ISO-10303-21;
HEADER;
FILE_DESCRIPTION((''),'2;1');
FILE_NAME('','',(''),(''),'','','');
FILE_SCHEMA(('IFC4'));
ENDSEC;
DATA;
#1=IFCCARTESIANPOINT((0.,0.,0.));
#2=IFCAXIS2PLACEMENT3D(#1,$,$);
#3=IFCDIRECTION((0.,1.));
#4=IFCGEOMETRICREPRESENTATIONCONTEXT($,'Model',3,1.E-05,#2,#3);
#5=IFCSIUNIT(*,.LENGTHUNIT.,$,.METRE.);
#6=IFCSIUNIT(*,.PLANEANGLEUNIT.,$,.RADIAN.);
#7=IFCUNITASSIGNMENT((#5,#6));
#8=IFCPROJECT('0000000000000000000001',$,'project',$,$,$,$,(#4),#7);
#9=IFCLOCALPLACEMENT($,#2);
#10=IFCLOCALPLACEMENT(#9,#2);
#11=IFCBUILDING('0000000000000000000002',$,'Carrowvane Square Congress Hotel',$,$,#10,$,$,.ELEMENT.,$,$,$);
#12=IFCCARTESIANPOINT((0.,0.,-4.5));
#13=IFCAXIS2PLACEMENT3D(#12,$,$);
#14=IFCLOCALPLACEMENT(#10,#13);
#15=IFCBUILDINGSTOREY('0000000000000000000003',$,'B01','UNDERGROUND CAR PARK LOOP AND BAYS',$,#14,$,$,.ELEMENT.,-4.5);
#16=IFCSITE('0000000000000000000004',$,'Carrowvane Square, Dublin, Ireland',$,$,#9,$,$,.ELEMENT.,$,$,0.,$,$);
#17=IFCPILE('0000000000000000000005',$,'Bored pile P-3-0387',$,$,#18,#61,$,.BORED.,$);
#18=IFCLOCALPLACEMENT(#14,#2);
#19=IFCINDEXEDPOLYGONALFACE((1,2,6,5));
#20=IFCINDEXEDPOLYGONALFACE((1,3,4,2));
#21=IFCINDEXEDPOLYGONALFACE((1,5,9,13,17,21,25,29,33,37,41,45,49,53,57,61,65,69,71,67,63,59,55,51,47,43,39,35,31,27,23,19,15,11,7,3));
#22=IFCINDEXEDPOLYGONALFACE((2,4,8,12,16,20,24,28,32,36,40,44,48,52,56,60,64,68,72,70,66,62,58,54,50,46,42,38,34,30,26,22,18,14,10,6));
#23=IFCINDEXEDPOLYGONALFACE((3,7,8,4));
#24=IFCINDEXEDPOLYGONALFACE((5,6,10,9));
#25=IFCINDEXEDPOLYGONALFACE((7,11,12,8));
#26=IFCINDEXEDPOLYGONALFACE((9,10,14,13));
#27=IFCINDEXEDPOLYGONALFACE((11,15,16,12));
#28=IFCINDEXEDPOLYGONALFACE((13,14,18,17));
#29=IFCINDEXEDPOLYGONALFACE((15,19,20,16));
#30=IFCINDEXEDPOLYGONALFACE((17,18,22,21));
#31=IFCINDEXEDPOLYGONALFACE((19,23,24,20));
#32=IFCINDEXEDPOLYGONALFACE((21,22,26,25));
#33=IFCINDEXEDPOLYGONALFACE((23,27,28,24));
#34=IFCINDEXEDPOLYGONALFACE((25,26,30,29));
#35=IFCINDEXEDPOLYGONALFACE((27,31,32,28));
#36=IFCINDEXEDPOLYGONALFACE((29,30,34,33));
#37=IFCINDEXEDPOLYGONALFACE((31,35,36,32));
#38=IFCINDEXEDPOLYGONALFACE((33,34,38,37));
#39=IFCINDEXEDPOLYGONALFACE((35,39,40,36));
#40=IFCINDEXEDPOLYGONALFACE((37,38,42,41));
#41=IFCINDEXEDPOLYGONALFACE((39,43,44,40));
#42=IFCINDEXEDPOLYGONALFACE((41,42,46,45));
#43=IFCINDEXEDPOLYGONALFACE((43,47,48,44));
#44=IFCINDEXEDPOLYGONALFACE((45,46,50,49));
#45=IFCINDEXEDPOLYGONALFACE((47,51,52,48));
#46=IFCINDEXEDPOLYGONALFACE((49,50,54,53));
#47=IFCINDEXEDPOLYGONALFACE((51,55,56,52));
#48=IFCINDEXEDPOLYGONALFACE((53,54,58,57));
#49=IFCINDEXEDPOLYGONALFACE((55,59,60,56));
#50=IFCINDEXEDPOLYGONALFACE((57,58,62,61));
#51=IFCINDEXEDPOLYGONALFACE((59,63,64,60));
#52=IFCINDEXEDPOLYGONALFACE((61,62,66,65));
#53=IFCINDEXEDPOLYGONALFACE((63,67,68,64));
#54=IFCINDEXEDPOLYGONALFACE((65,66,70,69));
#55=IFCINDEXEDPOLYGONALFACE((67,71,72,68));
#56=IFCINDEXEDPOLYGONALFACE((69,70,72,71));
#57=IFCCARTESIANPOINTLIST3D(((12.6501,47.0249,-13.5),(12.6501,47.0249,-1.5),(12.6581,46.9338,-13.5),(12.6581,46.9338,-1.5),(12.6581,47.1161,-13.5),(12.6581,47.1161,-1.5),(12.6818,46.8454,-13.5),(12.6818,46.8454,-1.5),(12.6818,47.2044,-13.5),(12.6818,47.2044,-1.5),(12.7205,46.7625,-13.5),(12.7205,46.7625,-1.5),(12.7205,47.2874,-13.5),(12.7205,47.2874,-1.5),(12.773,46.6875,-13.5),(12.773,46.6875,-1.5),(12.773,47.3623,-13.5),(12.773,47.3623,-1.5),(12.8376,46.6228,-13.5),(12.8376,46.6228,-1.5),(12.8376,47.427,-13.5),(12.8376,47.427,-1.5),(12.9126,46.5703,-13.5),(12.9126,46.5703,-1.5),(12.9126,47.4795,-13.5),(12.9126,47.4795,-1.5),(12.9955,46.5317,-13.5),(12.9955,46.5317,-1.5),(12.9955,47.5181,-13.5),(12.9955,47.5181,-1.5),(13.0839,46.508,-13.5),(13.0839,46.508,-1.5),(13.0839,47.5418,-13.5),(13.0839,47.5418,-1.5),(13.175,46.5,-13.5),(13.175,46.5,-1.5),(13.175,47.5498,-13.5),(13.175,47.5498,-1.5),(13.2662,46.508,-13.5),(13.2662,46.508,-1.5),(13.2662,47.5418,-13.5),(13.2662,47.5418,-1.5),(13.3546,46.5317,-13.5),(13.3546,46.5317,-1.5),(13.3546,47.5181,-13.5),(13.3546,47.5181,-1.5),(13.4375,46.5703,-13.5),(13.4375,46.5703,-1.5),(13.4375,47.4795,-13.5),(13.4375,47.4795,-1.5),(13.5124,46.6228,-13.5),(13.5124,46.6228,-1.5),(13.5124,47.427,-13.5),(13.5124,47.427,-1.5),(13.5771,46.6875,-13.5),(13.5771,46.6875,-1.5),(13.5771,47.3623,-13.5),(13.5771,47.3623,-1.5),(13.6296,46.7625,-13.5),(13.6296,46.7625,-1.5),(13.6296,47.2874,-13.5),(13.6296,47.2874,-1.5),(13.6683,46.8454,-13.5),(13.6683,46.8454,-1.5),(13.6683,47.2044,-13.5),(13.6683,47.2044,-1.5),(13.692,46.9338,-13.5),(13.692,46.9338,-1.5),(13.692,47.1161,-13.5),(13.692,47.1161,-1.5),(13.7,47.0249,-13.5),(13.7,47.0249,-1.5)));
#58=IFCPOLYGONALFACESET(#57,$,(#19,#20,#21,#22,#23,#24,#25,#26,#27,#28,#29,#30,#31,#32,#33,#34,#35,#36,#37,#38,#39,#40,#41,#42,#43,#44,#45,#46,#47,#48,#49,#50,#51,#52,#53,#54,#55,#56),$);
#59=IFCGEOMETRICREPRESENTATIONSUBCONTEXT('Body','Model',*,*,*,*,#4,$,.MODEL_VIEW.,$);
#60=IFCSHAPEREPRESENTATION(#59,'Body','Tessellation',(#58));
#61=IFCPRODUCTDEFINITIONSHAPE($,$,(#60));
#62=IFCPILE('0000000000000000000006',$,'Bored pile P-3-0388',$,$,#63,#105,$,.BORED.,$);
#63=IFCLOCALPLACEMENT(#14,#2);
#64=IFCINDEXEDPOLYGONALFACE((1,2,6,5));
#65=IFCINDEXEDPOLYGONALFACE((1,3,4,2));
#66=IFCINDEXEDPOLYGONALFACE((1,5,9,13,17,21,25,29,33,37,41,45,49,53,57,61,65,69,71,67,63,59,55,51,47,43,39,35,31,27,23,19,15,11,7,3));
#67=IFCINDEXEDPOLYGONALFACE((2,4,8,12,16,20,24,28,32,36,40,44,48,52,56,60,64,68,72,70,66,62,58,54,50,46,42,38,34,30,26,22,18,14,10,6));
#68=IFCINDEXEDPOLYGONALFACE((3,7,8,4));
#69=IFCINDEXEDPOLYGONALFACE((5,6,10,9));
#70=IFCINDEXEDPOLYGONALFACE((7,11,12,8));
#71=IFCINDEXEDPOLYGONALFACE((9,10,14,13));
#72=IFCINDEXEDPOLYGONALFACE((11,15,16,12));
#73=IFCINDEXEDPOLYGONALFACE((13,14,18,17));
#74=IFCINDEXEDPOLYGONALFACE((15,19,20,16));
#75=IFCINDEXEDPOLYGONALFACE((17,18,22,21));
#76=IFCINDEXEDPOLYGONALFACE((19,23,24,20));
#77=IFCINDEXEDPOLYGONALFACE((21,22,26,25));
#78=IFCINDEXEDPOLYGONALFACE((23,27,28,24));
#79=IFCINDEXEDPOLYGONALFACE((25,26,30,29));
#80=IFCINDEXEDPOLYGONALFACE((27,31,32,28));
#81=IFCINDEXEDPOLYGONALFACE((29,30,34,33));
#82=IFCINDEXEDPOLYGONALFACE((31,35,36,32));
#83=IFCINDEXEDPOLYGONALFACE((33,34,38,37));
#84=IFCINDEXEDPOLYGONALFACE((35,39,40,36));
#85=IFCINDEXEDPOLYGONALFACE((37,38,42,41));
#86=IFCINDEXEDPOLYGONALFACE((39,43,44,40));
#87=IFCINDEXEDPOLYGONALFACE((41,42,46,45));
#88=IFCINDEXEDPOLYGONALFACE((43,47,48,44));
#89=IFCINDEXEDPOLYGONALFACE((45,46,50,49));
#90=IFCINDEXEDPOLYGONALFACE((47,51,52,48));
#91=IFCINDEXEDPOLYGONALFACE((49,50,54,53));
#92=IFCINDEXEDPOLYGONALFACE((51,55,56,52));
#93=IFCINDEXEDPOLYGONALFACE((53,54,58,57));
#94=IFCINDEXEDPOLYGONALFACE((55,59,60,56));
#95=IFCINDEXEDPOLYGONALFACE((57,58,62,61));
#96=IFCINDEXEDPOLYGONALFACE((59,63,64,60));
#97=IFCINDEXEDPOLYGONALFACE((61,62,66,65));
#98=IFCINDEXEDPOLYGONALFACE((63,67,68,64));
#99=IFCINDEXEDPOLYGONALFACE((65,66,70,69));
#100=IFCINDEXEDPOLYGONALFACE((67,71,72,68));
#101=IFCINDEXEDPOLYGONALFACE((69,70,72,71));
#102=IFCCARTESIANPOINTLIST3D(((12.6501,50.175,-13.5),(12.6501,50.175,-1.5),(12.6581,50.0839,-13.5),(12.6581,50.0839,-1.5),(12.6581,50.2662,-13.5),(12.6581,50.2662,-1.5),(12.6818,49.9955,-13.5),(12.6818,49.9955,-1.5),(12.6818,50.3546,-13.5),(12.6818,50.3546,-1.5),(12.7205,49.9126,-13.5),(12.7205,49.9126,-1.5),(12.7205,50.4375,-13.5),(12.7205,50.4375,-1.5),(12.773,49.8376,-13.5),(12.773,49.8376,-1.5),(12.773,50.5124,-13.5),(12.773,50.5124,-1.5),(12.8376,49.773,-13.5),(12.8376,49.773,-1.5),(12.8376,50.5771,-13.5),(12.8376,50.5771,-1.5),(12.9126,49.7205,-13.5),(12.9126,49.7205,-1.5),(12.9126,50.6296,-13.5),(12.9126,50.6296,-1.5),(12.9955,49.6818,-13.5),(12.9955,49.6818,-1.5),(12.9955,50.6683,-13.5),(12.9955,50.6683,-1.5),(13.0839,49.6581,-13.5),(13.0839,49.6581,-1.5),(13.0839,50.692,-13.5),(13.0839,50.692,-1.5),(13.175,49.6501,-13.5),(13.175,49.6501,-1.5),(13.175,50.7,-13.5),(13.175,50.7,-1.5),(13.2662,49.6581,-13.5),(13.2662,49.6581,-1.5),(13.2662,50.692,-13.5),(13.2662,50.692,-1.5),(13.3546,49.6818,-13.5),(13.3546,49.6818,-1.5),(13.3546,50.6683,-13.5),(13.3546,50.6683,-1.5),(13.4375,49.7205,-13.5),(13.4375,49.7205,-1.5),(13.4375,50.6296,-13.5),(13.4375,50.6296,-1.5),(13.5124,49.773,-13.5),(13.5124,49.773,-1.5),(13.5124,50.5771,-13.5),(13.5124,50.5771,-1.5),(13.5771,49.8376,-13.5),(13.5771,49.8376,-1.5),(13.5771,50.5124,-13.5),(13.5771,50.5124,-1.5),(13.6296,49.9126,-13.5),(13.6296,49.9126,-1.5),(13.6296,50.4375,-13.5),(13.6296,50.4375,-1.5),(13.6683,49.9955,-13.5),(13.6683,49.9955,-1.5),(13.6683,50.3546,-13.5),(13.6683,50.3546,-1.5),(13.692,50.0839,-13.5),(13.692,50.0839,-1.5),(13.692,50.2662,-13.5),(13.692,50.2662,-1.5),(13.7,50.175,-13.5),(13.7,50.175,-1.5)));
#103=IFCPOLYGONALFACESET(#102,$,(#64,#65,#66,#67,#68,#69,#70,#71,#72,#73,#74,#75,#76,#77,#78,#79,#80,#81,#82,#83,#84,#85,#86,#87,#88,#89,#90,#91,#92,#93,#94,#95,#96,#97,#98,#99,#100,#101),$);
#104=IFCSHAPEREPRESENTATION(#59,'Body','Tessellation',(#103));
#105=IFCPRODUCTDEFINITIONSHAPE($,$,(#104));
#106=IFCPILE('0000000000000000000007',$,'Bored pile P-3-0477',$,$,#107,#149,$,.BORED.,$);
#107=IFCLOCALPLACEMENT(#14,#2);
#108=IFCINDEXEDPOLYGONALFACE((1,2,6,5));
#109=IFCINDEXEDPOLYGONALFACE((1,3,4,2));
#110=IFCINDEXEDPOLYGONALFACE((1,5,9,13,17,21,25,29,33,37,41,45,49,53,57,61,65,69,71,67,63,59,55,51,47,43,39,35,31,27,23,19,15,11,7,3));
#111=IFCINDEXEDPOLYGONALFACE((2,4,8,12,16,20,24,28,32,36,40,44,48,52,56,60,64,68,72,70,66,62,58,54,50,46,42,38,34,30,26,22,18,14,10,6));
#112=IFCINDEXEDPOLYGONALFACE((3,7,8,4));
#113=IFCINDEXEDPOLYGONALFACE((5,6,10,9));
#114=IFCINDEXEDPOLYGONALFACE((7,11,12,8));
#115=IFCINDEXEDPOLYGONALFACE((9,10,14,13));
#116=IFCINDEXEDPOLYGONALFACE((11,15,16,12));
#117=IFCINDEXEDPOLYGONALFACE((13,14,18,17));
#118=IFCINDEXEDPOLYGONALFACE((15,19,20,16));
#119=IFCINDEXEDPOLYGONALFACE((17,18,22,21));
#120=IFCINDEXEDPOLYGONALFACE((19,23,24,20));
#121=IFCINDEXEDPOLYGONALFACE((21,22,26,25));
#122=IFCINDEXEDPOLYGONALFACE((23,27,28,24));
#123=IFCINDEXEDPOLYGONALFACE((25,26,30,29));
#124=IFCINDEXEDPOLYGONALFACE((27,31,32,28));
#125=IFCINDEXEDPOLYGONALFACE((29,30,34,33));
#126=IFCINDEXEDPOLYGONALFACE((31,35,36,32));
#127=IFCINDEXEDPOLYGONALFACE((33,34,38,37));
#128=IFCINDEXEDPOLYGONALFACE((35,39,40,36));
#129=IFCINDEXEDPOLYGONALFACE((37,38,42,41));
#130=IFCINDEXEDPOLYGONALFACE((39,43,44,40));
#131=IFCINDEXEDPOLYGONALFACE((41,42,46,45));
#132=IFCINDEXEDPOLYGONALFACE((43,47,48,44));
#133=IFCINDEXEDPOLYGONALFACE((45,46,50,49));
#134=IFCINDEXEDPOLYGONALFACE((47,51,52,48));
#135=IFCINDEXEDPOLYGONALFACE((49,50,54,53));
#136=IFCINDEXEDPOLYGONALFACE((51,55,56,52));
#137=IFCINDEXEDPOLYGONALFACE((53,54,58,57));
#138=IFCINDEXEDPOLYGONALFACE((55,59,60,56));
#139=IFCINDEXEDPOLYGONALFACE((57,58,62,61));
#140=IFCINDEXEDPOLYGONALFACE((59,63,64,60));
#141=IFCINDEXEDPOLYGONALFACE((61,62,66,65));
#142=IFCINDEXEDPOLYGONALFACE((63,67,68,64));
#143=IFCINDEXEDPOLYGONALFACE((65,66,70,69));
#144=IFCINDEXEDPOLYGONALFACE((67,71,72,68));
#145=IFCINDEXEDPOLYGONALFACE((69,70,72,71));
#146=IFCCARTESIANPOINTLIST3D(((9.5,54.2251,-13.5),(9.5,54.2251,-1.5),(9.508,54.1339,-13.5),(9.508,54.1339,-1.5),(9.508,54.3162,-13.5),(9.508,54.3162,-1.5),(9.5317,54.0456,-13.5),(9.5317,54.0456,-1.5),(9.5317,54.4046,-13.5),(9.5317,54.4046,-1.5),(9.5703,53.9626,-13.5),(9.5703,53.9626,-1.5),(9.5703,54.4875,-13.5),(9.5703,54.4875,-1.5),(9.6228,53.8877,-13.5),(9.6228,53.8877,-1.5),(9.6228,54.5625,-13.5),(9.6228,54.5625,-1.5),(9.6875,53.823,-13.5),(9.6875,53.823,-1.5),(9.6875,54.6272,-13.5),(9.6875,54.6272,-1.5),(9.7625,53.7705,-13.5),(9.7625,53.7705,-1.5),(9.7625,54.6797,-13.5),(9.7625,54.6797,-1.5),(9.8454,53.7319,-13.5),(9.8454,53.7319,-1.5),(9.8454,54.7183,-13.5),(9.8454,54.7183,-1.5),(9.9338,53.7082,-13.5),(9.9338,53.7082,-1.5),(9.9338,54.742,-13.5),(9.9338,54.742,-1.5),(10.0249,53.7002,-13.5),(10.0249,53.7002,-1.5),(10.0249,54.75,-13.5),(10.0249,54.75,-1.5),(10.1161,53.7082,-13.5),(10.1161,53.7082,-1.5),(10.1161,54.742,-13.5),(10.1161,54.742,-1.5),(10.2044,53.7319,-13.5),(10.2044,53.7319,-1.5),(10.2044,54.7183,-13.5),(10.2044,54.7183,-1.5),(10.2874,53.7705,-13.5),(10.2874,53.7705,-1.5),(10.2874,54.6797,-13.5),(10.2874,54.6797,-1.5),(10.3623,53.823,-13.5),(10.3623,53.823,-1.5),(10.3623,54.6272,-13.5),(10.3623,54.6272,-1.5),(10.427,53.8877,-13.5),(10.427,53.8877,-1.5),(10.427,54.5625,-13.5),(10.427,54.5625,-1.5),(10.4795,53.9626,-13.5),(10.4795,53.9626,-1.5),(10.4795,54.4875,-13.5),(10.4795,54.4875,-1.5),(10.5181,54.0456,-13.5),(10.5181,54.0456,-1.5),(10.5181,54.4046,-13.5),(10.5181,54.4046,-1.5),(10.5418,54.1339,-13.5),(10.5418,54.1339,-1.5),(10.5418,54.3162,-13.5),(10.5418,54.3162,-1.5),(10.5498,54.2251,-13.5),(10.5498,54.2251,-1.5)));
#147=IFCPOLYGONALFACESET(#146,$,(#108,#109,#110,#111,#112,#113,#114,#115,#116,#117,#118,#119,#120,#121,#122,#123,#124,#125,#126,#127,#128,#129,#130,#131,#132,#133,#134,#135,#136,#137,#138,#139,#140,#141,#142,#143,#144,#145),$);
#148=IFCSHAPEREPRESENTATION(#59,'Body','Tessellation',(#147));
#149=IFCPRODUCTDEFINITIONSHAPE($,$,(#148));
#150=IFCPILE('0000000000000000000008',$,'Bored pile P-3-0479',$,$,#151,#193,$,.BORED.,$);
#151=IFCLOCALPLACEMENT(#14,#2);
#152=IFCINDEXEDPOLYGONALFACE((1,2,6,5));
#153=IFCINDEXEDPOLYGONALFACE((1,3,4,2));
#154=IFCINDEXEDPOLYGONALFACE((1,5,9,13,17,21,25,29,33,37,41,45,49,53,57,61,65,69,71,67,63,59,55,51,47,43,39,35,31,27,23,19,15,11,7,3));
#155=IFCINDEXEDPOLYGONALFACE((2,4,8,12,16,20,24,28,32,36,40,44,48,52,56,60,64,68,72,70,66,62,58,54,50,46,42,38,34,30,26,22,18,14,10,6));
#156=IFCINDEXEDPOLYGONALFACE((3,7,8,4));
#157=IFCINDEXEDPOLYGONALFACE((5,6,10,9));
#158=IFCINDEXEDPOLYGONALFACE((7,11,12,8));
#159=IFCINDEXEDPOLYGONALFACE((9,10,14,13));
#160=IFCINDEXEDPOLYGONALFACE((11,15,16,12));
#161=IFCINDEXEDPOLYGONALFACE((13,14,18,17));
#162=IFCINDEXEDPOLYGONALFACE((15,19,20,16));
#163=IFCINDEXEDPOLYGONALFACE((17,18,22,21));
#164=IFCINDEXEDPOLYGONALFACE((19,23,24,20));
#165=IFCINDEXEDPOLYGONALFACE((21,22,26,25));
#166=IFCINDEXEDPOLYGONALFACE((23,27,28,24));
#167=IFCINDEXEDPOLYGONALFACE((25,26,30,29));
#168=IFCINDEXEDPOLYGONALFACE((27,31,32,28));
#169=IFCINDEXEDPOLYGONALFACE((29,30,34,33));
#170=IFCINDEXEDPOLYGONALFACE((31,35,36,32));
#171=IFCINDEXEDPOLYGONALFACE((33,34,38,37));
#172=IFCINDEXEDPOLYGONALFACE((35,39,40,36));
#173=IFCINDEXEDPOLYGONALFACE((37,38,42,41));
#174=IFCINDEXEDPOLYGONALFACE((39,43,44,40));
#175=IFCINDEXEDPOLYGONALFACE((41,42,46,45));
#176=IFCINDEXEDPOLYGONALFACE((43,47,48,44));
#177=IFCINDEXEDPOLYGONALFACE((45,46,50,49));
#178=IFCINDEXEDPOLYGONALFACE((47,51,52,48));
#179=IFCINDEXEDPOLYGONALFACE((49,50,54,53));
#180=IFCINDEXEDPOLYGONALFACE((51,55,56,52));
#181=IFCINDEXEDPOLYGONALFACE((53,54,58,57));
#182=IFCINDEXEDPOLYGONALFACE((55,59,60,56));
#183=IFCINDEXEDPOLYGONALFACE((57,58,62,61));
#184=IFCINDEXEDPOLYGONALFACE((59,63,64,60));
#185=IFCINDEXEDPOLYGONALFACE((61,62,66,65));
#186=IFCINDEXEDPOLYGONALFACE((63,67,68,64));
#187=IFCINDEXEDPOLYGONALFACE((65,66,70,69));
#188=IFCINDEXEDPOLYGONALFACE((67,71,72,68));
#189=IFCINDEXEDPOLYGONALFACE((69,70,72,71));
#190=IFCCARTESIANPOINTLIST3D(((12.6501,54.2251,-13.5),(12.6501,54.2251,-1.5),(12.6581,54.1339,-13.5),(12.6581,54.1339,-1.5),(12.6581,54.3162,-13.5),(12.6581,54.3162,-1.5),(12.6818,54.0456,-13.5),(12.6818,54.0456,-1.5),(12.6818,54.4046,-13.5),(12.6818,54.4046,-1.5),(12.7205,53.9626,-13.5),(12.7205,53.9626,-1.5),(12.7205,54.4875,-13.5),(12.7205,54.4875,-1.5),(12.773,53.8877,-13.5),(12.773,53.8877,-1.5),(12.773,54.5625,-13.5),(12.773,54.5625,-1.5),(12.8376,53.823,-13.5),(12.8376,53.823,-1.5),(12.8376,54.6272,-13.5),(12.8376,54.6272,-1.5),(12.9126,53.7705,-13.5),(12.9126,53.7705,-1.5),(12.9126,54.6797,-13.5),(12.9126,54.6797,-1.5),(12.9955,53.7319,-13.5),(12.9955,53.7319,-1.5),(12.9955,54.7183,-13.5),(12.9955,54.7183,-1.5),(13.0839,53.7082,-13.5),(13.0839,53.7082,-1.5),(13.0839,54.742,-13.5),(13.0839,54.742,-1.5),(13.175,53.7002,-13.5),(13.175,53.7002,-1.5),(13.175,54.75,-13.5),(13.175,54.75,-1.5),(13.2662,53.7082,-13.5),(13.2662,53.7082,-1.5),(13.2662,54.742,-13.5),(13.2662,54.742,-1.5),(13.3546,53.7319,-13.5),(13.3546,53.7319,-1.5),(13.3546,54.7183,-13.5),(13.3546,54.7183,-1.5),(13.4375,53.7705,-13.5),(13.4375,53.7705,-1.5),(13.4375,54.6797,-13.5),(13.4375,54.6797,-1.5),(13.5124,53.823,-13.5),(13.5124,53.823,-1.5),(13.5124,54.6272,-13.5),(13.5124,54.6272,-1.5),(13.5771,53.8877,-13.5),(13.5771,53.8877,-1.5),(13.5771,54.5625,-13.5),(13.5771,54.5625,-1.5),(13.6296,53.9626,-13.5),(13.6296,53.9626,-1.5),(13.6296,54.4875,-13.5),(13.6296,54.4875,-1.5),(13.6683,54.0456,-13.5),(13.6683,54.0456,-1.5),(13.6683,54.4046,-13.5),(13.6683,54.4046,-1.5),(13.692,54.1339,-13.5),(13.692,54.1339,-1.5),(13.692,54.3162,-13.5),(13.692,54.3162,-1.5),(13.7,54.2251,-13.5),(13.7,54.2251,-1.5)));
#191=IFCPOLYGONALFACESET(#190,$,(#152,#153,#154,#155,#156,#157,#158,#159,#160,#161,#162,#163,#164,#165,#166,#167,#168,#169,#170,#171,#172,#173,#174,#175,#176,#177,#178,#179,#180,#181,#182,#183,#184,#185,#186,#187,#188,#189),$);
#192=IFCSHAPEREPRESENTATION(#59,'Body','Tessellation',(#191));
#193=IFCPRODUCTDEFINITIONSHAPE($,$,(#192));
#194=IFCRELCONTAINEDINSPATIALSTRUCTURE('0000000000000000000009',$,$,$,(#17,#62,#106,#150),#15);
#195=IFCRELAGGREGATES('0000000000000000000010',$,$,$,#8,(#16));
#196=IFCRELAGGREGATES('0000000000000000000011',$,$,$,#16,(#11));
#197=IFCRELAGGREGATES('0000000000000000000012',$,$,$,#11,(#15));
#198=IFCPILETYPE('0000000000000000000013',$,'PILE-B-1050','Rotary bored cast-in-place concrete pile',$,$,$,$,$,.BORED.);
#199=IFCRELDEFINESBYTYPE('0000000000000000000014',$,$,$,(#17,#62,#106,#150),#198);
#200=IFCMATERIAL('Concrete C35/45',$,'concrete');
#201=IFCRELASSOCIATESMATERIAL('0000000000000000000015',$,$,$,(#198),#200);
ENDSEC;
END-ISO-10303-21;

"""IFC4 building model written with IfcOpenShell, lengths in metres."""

from ifc_helpers import new_model, si_unit, direction, frame, origin, origin_2d, place, context, subcontext, project, spatial, circle, extrude, material, material_profile, profile_set, type_object, element, save


model = new_model("IFC4")

# Units and contexts
model_context = context("Model", 3, precision=1e-05, world=origin(), true_north=direction((0.0, 1.0)))
body_context = subcontext(model_context, "Body", "Model", "MODEL_VIEW")
ifc_project = project(units=[si_unit("LENGTHUNIT", "METRE"), si_unit("PLANEANGLEUNIT", "RADIAN")], contexts=[model_context])

# Site, building, storey
site_placement = place(None, origin())
site = spatial("IfcSite", under=ifc_project, at=site_placement, Name="Carrowvane Square, Dublin, Ireland", CompositionType="ELEMENT", RefElevation=0.0)
building_placement = place(site_placement, origin())
building = spatial("IfcBuilding", under=site, at=building_placement, Name="Carrowvane Square Congress Hotel", CompositionType="ELEMENT")
storey_placement = place(building_placement, frame((0.0, 0.0, -4.5)))
storey = spatial("IfcBuildingStorey", under=building, at=storey_placement, Name="B01", Description="UNDERGROUND CAR PARK LOOP AND BAYS", CompositionType="ELEMENT", Elevation=-4.5)

# Piles
ifc_material_1 = material(Name="Concrete C35/45", Category="concrete")
ifc_material_profile_1 = material_profile(ifc_material_1, circle(Radius=0.5249, at=origin_2d()), Name="PILE D1050")
ifc_profile_set_1 = profile_set([ifc_material_profile_1], Name="Concrete C35/45")
pile_type_1 = type_object("IfcPileType", Name="PILE-B-1050", Description="Rotary bored cast-in-place concrete pile", PredefinedType="BORED", material=ifc_profile_set_1)
for number, where, z_axis, x_axis, name in (
    (1, (13.175, 47.0249, -1.5), (0.0, 0.0, -1.0), (1.0, 0.0, 0.0), "Bored pile P-3-0387"),
    (2, (13.175, 50.175, -1.5), (0.0, 0.0, -1.0), (1.0, 0.0, 0.0), "Bored pile P-3-0388"),
    (3, (10.0249, 54.2251, -1.5), (0.0, 0.0, -1.0), (1.0, 0.0, 0.0), "Bored pile P-3-0477"),
    (4, (13.175, 54.2251, -1.5), (0.0, 0.0, -1.0), (1.0, 0.0, 0.0), "Bored pile P-3-0479"),
):
    element("IfcPile", number, at=place(storey_placement, frame(where, z_axis=z_axis, x_axis=x_axis)), inside=storey, type_object=pile_type_1, Name=name, PredefinedType="BORED", context=body_context, shape_type="SweptSolid", body=[
        extrude(circle(Radius=0.5249, at=origin_2d()), origin(), (0.0, 0.0, 1.0), 12.0),
    ])

save(model, "model.ifc")
